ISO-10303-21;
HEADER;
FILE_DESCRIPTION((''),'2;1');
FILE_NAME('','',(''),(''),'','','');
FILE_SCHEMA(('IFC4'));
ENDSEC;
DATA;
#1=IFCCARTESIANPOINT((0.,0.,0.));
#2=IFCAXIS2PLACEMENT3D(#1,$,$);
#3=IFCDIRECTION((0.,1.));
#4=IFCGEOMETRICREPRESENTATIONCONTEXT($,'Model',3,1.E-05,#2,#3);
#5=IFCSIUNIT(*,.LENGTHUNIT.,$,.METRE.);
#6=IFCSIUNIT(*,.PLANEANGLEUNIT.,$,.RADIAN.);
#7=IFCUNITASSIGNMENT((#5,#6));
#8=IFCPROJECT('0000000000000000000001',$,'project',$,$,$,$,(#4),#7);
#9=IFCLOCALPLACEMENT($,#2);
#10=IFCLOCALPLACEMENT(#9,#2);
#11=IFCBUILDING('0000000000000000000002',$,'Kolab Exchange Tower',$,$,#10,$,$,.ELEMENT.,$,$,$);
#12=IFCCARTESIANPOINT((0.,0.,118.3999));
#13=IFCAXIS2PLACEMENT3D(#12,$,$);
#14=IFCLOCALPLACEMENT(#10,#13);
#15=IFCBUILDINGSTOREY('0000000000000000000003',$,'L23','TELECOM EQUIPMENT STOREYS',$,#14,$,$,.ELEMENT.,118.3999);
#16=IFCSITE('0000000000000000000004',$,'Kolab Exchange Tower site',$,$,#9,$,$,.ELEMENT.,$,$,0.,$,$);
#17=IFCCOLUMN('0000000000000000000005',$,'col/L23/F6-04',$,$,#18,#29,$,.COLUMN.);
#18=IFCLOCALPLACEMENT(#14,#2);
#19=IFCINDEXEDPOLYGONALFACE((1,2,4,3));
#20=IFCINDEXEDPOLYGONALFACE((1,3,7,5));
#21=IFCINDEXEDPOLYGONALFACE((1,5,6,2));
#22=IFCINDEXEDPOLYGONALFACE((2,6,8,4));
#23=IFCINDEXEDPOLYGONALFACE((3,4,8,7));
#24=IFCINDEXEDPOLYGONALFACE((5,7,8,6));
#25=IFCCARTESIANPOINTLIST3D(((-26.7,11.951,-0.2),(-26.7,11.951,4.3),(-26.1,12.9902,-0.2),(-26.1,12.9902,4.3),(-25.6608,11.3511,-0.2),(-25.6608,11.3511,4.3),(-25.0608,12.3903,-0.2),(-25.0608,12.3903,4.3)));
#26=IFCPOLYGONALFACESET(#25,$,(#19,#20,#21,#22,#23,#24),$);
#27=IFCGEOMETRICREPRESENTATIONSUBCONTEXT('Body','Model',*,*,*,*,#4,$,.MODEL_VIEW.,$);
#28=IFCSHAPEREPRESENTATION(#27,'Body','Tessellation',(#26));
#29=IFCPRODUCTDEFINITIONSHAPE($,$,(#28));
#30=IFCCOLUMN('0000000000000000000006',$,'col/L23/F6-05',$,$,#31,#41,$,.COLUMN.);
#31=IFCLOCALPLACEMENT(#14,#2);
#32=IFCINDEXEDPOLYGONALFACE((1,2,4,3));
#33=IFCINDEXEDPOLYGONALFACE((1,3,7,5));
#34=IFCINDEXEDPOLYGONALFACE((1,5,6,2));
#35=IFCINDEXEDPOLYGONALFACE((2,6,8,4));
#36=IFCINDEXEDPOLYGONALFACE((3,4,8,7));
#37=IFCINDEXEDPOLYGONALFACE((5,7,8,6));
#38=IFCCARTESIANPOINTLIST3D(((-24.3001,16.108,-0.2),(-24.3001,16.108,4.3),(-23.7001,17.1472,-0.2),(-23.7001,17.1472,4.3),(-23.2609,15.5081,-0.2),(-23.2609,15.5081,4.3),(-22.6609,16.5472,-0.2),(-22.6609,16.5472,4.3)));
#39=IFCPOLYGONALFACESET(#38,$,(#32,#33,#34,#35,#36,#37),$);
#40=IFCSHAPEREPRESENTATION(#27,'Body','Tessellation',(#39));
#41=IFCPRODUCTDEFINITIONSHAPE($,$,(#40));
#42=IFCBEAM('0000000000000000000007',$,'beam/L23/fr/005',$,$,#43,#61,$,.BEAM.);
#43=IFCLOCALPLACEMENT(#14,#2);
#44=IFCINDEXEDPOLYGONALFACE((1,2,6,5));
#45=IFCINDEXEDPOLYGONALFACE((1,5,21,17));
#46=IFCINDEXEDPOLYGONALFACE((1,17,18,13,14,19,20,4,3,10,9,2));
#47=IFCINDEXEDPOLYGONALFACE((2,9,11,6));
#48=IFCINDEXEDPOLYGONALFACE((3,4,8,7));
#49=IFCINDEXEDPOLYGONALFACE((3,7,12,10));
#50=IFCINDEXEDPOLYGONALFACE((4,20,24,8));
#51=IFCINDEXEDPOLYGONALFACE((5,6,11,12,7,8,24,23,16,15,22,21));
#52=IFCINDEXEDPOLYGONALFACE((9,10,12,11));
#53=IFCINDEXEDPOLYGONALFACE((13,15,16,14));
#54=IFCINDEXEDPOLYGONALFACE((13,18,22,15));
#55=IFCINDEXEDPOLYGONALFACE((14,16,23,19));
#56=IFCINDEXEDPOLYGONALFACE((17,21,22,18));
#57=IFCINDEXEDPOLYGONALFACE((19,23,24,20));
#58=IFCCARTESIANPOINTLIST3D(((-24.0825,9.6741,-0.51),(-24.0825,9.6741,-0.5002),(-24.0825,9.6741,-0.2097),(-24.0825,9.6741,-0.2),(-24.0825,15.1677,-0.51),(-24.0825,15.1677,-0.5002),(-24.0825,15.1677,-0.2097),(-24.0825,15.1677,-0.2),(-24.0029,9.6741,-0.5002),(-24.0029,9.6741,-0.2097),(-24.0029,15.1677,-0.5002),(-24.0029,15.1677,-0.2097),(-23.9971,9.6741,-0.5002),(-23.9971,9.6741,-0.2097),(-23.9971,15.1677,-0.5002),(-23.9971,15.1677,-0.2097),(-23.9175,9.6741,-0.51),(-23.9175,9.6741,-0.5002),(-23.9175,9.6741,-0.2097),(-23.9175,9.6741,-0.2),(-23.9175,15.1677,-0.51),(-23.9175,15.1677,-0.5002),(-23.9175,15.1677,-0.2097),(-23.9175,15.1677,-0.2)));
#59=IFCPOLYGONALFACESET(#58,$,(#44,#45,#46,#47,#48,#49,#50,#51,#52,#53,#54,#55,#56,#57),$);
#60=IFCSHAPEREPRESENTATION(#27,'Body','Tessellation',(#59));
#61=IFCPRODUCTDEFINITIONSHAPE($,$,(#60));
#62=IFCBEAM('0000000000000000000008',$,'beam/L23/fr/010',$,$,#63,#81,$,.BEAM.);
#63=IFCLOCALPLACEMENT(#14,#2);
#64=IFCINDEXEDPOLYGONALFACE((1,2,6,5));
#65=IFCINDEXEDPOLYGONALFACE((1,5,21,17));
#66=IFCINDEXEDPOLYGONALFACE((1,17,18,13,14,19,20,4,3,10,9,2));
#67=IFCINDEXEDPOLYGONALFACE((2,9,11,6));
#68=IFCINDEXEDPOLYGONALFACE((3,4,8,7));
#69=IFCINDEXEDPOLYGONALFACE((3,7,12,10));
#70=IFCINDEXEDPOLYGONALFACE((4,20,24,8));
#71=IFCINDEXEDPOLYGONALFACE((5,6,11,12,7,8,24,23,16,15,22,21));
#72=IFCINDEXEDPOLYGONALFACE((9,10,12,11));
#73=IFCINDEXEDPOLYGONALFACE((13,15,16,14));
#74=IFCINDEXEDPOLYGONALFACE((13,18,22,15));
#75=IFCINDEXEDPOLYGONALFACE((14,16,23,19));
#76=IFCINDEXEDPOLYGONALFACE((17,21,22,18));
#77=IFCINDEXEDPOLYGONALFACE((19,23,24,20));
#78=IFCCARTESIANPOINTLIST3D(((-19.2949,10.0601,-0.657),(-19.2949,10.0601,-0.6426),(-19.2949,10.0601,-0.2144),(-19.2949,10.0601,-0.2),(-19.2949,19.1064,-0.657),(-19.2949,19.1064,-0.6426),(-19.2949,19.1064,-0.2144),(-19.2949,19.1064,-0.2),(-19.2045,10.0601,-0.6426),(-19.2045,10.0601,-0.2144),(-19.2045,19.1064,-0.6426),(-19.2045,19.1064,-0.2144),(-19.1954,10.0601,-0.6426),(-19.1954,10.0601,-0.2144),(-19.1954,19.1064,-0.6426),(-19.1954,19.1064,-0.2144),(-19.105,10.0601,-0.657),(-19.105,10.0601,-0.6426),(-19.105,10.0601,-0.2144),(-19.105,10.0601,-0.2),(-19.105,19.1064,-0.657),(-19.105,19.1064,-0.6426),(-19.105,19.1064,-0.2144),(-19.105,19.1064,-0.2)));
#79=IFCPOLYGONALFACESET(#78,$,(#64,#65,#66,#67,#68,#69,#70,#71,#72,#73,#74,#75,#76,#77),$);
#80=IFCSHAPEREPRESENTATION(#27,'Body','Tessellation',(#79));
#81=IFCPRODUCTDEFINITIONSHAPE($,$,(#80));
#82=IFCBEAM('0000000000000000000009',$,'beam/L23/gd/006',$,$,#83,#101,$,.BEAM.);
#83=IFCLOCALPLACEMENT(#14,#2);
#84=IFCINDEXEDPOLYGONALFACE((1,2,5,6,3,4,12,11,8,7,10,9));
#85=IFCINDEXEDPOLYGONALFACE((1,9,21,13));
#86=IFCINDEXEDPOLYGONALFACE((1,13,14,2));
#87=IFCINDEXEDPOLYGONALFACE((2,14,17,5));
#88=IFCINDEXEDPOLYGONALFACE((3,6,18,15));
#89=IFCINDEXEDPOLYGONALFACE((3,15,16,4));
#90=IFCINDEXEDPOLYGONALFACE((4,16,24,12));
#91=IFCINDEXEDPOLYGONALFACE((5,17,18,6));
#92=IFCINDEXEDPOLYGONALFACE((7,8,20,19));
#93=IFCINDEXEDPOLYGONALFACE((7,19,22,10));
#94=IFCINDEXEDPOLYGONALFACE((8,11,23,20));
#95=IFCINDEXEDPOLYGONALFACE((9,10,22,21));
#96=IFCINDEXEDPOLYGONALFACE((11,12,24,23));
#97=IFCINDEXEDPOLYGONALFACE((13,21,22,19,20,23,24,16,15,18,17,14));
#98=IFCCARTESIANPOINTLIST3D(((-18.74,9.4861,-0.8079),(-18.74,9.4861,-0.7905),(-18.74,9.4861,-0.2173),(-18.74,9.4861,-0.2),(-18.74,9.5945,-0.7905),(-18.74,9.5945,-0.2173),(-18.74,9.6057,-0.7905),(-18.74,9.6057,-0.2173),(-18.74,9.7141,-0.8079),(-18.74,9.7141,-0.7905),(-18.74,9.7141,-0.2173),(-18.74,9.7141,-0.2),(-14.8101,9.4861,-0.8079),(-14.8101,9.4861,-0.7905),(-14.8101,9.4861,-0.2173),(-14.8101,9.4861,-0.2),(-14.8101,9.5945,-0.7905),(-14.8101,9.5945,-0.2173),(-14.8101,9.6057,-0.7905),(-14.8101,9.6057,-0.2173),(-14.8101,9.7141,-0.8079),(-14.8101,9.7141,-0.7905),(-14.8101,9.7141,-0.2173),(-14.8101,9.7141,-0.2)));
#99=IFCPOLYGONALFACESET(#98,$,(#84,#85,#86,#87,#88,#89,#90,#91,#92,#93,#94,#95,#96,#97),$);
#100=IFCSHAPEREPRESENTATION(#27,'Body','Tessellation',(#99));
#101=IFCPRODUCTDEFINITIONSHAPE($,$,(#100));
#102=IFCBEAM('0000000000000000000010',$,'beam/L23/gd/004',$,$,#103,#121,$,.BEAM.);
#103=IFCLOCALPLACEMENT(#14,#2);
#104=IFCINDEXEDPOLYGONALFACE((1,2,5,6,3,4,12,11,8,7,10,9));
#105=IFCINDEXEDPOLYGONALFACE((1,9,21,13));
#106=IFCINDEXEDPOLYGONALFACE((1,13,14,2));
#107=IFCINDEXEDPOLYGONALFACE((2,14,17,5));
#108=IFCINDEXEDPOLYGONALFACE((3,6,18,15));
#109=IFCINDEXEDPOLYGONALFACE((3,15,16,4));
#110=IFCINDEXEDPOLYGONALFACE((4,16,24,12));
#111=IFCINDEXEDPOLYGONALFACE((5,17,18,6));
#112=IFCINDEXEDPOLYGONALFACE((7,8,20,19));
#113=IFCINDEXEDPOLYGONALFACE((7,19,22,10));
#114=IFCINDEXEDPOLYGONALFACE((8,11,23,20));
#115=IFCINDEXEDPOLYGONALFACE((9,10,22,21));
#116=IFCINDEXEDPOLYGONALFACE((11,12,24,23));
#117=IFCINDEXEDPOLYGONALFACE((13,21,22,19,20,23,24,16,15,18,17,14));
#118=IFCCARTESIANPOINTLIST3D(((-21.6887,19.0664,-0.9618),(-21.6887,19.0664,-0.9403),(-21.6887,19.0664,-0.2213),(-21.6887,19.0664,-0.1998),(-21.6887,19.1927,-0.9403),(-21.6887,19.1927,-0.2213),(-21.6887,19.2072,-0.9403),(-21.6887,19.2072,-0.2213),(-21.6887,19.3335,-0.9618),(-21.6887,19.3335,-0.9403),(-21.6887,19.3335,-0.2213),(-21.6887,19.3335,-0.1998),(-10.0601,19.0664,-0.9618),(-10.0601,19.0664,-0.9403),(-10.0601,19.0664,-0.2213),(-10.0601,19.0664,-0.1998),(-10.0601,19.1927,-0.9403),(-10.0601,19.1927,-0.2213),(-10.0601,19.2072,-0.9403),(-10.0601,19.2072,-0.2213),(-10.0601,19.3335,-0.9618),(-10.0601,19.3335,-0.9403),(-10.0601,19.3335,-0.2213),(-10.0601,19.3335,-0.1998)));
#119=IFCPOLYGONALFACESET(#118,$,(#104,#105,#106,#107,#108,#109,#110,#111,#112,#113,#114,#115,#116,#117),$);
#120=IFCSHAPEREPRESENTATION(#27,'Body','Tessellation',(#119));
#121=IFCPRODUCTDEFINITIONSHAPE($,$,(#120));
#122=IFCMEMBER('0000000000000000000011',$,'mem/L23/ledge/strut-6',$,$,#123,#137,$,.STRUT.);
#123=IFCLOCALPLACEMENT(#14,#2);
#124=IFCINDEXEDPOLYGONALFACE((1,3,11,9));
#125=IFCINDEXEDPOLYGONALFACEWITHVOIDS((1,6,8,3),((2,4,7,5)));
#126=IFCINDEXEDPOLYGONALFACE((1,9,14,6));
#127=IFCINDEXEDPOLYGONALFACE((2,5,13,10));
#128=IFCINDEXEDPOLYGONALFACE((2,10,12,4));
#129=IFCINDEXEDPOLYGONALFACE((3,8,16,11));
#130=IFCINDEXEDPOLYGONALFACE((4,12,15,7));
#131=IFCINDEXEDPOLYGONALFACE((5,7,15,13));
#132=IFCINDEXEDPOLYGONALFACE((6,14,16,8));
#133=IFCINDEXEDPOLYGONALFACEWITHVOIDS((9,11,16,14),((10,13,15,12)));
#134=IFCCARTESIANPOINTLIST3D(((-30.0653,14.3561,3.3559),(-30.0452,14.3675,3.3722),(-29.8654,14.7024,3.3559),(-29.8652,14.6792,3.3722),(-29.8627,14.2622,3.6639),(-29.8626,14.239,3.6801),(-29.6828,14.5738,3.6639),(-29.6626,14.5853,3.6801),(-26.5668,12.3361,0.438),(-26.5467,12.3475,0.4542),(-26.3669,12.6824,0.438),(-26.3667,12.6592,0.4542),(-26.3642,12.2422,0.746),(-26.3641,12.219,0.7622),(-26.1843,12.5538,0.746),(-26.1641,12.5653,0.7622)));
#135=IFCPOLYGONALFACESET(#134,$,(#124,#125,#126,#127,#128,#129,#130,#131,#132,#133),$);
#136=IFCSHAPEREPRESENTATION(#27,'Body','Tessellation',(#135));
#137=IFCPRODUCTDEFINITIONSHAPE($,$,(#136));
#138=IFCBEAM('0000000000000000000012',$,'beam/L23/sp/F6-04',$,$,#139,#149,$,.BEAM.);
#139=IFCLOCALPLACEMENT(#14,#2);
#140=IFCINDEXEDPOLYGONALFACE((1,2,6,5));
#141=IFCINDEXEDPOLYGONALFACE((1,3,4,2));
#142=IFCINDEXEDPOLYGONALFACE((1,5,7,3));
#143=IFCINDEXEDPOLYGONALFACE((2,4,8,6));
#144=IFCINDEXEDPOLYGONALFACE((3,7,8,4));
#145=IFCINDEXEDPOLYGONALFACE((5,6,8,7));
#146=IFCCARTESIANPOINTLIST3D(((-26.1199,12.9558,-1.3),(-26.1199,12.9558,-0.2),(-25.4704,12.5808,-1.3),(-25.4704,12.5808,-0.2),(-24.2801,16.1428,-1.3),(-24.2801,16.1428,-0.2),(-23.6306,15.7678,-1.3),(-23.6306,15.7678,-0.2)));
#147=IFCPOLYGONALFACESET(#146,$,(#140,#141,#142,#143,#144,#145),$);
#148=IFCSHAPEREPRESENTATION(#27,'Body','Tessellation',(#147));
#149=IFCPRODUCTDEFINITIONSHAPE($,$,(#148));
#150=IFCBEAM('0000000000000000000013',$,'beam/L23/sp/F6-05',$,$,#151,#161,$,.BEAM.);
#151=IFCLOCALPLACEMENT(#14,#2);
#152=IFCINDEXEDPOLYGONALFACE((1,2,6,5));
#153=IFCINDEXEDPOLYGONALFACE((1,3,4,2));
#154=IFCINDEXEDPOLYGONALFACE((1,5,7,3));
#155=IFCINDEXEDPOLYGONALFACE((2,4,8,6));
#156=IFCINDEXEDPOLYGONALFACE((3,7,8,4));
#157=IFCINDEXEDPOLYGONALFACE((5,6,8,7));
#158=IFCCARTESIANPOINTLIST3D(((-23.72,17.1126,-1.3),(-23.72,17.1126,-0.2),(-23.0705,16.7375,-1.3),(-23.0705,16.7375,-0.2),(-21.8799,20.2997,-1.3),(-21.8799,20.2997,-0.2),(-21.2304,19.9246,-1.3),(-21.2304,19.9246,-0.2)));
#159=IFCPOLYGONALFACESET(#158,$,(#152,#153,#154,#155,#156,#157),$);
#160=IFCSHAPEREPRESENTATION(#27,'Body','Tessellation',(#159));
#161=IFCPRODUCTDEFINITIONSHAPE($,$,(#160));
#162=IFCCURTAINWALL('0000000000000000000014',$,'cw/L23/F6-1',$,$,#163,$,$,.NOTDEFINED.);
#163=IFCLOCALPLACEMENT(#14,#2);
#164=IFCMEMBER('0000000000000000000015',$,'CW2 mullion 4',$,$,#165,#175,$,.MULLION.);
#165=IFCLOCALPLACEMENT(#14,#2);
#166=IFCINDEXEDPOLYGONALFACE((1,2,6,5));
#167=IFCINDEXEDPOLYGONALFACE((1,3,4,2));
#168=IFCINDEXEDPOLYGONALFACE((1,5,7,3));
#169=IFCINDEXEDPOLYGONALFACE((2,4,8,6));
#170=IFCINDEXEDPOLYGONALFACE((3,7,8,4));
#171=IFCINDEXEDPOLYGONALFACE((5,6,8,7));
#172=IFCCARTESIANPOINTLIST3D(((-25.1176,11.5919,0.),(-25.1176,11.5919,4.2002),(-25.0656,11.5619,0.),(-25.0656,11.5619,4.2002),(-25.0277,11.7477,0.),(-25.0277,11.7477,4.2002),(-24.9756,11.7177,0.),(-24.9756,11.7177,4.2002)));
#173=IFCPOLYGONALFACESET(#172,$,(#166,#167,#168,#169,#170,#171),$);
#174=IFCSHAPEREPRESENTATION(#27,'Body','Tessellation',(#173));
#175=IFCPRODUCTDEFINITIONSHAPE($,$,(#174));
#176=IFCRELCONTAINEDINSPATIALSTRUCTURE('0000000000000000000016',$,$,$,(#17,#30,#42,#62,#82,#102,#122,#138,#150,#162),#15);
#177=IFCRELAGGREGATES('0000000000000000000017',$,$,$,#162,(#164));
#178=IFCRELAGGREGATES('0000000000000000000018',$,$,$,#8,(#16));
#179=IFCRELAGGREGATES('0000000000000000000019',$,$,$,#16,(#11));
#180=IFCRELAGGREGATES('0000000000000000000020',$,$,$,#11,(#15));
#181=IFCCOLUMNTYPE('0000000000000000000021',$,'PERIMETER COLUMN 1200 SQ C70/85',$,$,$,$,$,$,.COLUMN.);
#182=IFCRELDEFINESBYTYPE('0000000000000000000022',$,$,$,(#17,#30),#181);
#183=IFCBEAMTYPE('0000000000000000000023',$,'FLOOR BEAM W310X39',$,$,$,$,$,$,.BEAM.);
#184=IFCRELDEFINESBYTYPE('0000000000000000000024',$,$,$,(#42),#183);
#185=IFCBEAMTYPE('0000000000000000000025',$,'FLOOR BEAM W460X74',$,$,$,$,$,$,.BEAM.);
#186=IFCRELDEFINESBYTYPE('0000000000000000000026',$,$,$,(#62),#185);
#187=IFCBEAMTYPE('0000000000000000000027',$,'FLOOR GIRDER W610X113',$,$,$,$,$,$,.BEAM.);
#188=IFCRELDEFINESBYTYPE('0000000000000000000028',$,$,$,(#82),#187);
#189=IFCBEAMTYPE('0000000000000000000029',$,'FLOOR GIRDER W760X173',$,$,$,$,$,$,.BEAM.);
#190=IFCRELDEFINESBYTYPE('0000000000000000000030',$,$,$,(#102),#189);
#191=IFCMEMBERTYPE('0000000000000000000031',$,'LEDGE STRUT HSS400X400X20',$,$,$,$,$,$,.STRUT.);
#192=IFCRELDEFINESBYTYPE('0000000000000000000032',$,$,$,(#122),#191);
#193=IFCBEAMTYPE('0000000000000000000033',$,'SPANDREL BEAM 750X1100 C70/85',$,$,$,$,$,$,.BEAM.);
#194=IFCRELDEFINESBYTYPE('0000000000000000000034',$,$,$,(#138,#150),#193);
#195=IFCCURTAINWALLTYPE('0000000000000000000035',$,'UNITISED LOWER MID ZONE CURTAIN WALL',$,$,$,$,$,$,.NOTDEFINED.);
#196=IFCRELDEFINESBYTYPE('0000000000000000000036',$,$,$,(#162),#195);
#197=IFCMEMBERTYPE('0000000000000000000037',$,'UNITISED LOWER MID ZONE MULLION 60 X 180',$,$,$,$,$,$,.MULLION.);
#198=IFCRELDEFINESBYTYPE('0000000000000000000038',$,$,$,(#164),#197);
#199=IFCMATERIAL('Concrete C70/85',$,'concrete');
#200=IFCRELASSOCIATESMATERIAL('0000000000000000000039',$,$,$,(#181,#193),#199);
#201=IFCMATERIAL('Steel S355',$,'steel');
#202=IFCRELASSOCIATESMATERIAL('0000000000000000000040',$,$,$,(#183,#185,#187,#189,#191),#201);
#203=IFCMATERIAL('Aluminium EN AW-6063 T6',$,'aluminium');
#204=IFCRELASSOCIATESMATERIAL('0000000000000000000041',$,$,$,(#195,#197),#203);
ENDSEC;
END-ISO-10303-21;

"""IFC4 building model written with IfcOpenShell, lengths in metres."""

from ifc_helpers import new_model, si_unit, direction, frame, origin, origin_2d, place, context, subcontext, project, spatial, rectangle, hollow_rectangle, i_section, extrude, material, material_profile, profile_set, type_object, element, aggregate, save


model = new_model("IFC4")

# Units and contexts
model_context = context("Model", 3, precision=1e-05, world=origin(), true_north=direction((0.0, 1.0)))
body_context = subcontext(model_context, "Body", "Model", "MODEL_VIEW")
ifc_project = project(units=[si_unit("LENGTHUNIT", "METRE"), si_unit("PLANEANGLEUNIT", "RADIAN")], contexts=[model_context])

# Site, building, storey
site_placement = place(None, origin())
site = spatial("IfcSite", under=ifc_project, at=site_placement, Name="Kolab Exchange Tower site", CompositionType="ELEMENT", RefElevation=0.0)
building_placement = place(site_placement, origin())
building = spatial("IfcBuilding", under=site, at=building_placement, Name="Kolab Exchange Tower", CompositionType="ELEMENT")
storey_placement = place(building_placement, frame((0.0, 0.0, 118.3999)))
storey = spatial("IfcBuildingStorey", under=building, at=storey_placement, Name="L23", Description="TELECOM EQUIPMENT STOREYS", CompositionType="ELEMENT", Elevation=118.3999)

# Columns
ifc_material_1 = material(Name="Concrete C70/85", Category="concrete")
ifc_material_profile_1 = material_profile(ifc_material_1, rectangle(XDim=1.2, YDim=1.2, at=origin_2d()), Name="RC1200")
ifc_profile_set_1 = profile_set([ifc_material_profile_1], Name="Concrete C70/85")
column_type = type_object("IfcColumnType", Name="PERIMETER COLUMN 1200 SQ C70/85", PredefinedType="COLUMN", material=ifc_profile_set_1)
for number, where, z_axis, x_axis, name in (
    (1, (-25.8804, 12.1707, -0.2), (0.0, 0.0, 1.0), (0.5, 0.866025, 0.0), "col/L23/F6-04"),
    (2, (-23.4805, 16.3276, -0.2), (0.0, 0.0, 1.0), (0.5, 0.866025, 0.0), "col/L23/F6-05"),
):
    element("IfcColumn", number, at=place(storey_placement, frame(where, z_axis=z_axis, x_axis=x_axis)), inside=storey, type_object=column_type, Name=name, PredefinedType="COLUMN", context=body_context, shape_type="SweptSolid", body=[
        extrude(rectangle(XDim=1.2, YDim=1.2, at=origin_2d()), origin(), (0.0, 0.0, 1.0), 4.5),
    ])

# Beams
ifc_material_2 = material(Name="Steel S355", Category="steel")
ifc_material_profile_2 = material_profile(ifc_material_2, i_section(OverallWidth=0.165, OverallDepth=0.3101, WebThickness=0.0059, FlangeThickness=0.0098, at=origin_2d()), Name="W310X39")
ifc_profile_set_2 = profile_set([ifc_material_profile_2], Name="Steel S355")
beam_type_1 = type_object("IfcBeamType", Name="FLOOR BEAM W310X39", PredefinedType="BEAM", material=ifc_profile_set_2)
beam_1_placement = place(storey_placement, frame((-24.0, 9.6741, -0.355), z_axis=(0.0, 1.0, 0.0), x_axis=(-1.0, 0.0, 0.0)))
element("IfcBeam", 3, at=beam_1_placement, inside=storey, type_object=beam_type_1, Name="beam/L23/fr/005", PredefinedType="BEAM", context=body_context, shape_type="SweptSolid", body=[
    extrude(i_section(OverallWidth=0.165, OverallDepth=0.3101, WebThickness=0.0059, FlangeThickness=0.0098, at=origin_2d()), origin(), (0.0, 0.0, 1.0), 5.4937),
])
ifc_material_profile_3 = material_profile(ifc_material_2, i_section(OverallWidth=0.1899, OverallDepth=0.457, WebThickness=0.009, FlangeThickness=0.0144, at=origin_2d()), Name="W460X74")
ifc_profile_set_3 = profile_set([ifc_material_profile_3], Name="Steel S355")
beam_type_2 = type_object("IfcBeamType", Name="FLOOR BEAM W460X74", PredefinedType="BEAM", material=ifc_profile_set_3)
beam_2_placement = place(storey_placement, frame((-19.2, 10.0601, -0.4285), z_axis=(0.0, 1.0, 0.0), x_axis=(-1.0, 0.0, 0.0)))
element("IfcBeam", 4, at=beam_2_placement, inside=storey, type_object=beam_type_2, Name="beam/L23/fr/010", PredefinedType="BEAM", context=body_context, shape_type="SweptSolid", body=[
    extrude(i_section(OverallWidth=0.1899, OverallDepth=0.457, WebThickness=0.009, FlangeThickness=0.0144, at=origin_2d()), origin(), (0.0, 0.0, 1.0), 9.0464),
])
ifc_material_profile_4 = material_profile(ifc_material_2, i_section(OverallWidth=0.228, OverallDepth=0.6079, WebThickness=0.0112, FlangeThickness=0.0173, at=origin_2d()), Name="W610X113")
ifc_profile_set_4 = profile_set([ifc_material_profile_4], Name="Steel S355")
beam_type_3 = type_object("IfcBeamType", Name="FLOOR GIRDER W610X113", PredefinedType="BEAM", material=ifc_profile_set_4)
beam_3_placement = place(storey_placement, frame((-18.74, 9.6001, -0.5039), z_axis=(1.0, 0.0, 0.0), x_axis=(0.0, 1.0, 0.0)))
element("IfcBeam", 5, at=beam_3_placement, inside=storey, type_object=beam_type_3, Name="beam/L23/gd/006", PredefinedType="BEAM", context=body_context, shape_type="SweptSolid", body=[
    extrude(i_section(OverallWidth=0.228, OverallDepth=0.6079, WebThickness=0.0112, FlangeThickness=0.0173, at=origin_2d()), origin(), (0.0, 0.0, 1.0), 3.9299),
])
ifc_material_profile_5 = material_profile(ifc_material_2, i_section(OverallWidth=0.2671, OverallDepth=0.762, WebThickness=0.0144, FlangeThickness=0.0215, at=origin_2d()), Name="W760X173")
ifc_profile_set_5 = profile_set([ifc_material_profile_5], Name="Steel S355")
beam_type_4 = type_object("IfcBeamType", Name="FLOOR GIRDER W760X173", PredefinedType="BEAM", material=ifc_profile_set_5)
beam_4_placement = place(storey_placement, frame((-21.6887, 19.2, -0.5808), z_axis=(1.0, 0.0, 0.0), x_axis=(0.0, 1.0, 0.0)))
element("IfcBeam", 6, at=beam_4_placement, inside=storey, type_object=beam_type_4, Name="beam/L23/gd/004", PredefinedType="BEAM", context=body_context, shape_type="SweptSolid", body=[
    extrude(i_section(OverallWidth=0.2671, OverallDepth=0.762, WebThickness=0.0144, FlangeThickness=0.0215, at=origin_2d()), origin(), (0.0, 0.0, 1.0), 11.6287),
])

# Member
ifc_material_profile_6 = material_profile(ifc_material_2, hollow_rectangle(XDim=0.3999, YDim=0.3999, WallThickness=0.02, at=origin_2d()), Name="HSS400X400X20")
ifc_profile_set_6 = profile_set([ifc_material_profile_6], Name="Steel S355")
member_type_1 = type_object("IfcMemberType", Name="LEDGE STRUT HSS400X400X20", PredefinedType="STRUT", material=ifc_profile_set_6)
member_1_placement = place(storey_placement, frame((-26.3655, 12.4507, 0.6001), z_axis=(-0.702031, 0.405346, 0.585532), x_axis=(-0.500026, -0.86601, 0.0)))
element("IfcMember", 7, at=member_1_placement, inside=storey, type_object=member_type_1, Name="mem/L23/ledge/strut-6", PredefinedType="STRUT", context=body_context, shape_type="SweptSolid", body=[
    extrude(hollow_rectangle(XDim=0.3999, YDim=0.3999, WallThickness=0.02, at=origin_2d()), origin(), (0.0, 0.0, 1.0), 4.9834),
])

# Beams
ifc_material_profile_7 = material_profile(ifc_material_1, rectangle(XDim=0.75, YDim=1.1001, at=origin_2d()), Name="RC750X1100")
ifc_profile_set_7 = profile_set([ifc_material_profile_7], Name="Concrete C70/85")
beam_type_5 = type_object("IfcBeamType", Name="SPANDREL BEAM 750X1100 C70/85", PredefinedType="BEAM", material=ifc_profile_set_7)
beam_5_placement = place(storey_placement, frame((-25.7952, 12.7683, -0.75), z_axis=(0.499964, 0.866046, 0.0), x_axis=(-0.866046, 0.499964, 0.0)))
element("IfcBeam", 8, at=beam_5_placement, inside=storey, type_object=beam_type_5, Name="beam/L23/sp/F6-04", PredefinedType="BEAM", context=body_context, shape_type="SweptSolid", body=[
    extrude(rectangle(XDim=0.75, YDim=1.1001, at=origin_2d()), origin(), (0.0, 0.0, 1.0), 3.6799),
])
beam_6_placement = place(storey_placement, frame((-23.3953, 16.925, -0.75), z_axis=(0.500013, 0.866018, 0.0), x_axis=(-0.866018, 0.500013, 0.0)))
element("IfcBeam", 9, at=beam_6_placement, inside=storey, type_object=beam_type_5, Name="beam/L23/sp/F6-05", PredefinedType="BEAM", context=body_context, shape_type="SweptSolid", body=[
    extrude(rectangle(XDim=0.75, YDim=1.1001, at=origin_2d()), origin(), (0.0, 0.0, 1.0), 3.6802),
])

# Curtain wall, member
ifc_material_3 = material(Name="Aluminium EN AW-6063 T6", Category="aluminium")
curtain_wall_type = type_object("IfcCurtainWallType", Name="UNITISED LOWER MID ZONE CURTAIN WALL", PredefinedType="NOTDEFINED", material=ifc_material_3)
curtain_wall_1_placement = place(storey_placement, origin())
curtain_wall_1 = element("IfcCurtainWall", 10, at=curtain_wall_1_placement, inside=storey, type_object=curtain_wall_type, Name="cw/L23/F6-1", PredefinedType="NOTDEFINED")
ifc_material_profile_8 = material_profile(ifc_material_3, rectangle(XDim=0.0601, YDim=0.1799, at=origin_2d()), Name="RECT 60X180")
ifc_profile_set_8 = profile_set([ifc_material_profile_8], Name="Aluminium EN AW-6063 T6")
member_type_2 = type_object("IfcMemberType", Name="UNITISED LOWER MID ZONE MULLION 60 X 180", PredefinedType="MULLION", material=ifc_profile_set_8)
member_2_placement = place(storey_placement, frame((-25.0466, 11.6548, 0.0), z_axis=(0.0, 0.0, 1.0), x_axis=(-0.866025, 0.5, 0.0)))
member_2 = element("IfcMember", 11, at=member_2_placement, type_object=member_type_2, Name="CW2 mullion 4", PredefinedType="MULLION", context=body_context, shape_type="SweptSolid", body=[
    extrude(rectangle(XDim=0.0601, YDim=0.1799, at=origin_2d()), origin(), (0.0, 0.0, 1.0), 4.2002),
])

aggregate(curtain_wall_1, [member_2])

save(model, "model.ifc")
